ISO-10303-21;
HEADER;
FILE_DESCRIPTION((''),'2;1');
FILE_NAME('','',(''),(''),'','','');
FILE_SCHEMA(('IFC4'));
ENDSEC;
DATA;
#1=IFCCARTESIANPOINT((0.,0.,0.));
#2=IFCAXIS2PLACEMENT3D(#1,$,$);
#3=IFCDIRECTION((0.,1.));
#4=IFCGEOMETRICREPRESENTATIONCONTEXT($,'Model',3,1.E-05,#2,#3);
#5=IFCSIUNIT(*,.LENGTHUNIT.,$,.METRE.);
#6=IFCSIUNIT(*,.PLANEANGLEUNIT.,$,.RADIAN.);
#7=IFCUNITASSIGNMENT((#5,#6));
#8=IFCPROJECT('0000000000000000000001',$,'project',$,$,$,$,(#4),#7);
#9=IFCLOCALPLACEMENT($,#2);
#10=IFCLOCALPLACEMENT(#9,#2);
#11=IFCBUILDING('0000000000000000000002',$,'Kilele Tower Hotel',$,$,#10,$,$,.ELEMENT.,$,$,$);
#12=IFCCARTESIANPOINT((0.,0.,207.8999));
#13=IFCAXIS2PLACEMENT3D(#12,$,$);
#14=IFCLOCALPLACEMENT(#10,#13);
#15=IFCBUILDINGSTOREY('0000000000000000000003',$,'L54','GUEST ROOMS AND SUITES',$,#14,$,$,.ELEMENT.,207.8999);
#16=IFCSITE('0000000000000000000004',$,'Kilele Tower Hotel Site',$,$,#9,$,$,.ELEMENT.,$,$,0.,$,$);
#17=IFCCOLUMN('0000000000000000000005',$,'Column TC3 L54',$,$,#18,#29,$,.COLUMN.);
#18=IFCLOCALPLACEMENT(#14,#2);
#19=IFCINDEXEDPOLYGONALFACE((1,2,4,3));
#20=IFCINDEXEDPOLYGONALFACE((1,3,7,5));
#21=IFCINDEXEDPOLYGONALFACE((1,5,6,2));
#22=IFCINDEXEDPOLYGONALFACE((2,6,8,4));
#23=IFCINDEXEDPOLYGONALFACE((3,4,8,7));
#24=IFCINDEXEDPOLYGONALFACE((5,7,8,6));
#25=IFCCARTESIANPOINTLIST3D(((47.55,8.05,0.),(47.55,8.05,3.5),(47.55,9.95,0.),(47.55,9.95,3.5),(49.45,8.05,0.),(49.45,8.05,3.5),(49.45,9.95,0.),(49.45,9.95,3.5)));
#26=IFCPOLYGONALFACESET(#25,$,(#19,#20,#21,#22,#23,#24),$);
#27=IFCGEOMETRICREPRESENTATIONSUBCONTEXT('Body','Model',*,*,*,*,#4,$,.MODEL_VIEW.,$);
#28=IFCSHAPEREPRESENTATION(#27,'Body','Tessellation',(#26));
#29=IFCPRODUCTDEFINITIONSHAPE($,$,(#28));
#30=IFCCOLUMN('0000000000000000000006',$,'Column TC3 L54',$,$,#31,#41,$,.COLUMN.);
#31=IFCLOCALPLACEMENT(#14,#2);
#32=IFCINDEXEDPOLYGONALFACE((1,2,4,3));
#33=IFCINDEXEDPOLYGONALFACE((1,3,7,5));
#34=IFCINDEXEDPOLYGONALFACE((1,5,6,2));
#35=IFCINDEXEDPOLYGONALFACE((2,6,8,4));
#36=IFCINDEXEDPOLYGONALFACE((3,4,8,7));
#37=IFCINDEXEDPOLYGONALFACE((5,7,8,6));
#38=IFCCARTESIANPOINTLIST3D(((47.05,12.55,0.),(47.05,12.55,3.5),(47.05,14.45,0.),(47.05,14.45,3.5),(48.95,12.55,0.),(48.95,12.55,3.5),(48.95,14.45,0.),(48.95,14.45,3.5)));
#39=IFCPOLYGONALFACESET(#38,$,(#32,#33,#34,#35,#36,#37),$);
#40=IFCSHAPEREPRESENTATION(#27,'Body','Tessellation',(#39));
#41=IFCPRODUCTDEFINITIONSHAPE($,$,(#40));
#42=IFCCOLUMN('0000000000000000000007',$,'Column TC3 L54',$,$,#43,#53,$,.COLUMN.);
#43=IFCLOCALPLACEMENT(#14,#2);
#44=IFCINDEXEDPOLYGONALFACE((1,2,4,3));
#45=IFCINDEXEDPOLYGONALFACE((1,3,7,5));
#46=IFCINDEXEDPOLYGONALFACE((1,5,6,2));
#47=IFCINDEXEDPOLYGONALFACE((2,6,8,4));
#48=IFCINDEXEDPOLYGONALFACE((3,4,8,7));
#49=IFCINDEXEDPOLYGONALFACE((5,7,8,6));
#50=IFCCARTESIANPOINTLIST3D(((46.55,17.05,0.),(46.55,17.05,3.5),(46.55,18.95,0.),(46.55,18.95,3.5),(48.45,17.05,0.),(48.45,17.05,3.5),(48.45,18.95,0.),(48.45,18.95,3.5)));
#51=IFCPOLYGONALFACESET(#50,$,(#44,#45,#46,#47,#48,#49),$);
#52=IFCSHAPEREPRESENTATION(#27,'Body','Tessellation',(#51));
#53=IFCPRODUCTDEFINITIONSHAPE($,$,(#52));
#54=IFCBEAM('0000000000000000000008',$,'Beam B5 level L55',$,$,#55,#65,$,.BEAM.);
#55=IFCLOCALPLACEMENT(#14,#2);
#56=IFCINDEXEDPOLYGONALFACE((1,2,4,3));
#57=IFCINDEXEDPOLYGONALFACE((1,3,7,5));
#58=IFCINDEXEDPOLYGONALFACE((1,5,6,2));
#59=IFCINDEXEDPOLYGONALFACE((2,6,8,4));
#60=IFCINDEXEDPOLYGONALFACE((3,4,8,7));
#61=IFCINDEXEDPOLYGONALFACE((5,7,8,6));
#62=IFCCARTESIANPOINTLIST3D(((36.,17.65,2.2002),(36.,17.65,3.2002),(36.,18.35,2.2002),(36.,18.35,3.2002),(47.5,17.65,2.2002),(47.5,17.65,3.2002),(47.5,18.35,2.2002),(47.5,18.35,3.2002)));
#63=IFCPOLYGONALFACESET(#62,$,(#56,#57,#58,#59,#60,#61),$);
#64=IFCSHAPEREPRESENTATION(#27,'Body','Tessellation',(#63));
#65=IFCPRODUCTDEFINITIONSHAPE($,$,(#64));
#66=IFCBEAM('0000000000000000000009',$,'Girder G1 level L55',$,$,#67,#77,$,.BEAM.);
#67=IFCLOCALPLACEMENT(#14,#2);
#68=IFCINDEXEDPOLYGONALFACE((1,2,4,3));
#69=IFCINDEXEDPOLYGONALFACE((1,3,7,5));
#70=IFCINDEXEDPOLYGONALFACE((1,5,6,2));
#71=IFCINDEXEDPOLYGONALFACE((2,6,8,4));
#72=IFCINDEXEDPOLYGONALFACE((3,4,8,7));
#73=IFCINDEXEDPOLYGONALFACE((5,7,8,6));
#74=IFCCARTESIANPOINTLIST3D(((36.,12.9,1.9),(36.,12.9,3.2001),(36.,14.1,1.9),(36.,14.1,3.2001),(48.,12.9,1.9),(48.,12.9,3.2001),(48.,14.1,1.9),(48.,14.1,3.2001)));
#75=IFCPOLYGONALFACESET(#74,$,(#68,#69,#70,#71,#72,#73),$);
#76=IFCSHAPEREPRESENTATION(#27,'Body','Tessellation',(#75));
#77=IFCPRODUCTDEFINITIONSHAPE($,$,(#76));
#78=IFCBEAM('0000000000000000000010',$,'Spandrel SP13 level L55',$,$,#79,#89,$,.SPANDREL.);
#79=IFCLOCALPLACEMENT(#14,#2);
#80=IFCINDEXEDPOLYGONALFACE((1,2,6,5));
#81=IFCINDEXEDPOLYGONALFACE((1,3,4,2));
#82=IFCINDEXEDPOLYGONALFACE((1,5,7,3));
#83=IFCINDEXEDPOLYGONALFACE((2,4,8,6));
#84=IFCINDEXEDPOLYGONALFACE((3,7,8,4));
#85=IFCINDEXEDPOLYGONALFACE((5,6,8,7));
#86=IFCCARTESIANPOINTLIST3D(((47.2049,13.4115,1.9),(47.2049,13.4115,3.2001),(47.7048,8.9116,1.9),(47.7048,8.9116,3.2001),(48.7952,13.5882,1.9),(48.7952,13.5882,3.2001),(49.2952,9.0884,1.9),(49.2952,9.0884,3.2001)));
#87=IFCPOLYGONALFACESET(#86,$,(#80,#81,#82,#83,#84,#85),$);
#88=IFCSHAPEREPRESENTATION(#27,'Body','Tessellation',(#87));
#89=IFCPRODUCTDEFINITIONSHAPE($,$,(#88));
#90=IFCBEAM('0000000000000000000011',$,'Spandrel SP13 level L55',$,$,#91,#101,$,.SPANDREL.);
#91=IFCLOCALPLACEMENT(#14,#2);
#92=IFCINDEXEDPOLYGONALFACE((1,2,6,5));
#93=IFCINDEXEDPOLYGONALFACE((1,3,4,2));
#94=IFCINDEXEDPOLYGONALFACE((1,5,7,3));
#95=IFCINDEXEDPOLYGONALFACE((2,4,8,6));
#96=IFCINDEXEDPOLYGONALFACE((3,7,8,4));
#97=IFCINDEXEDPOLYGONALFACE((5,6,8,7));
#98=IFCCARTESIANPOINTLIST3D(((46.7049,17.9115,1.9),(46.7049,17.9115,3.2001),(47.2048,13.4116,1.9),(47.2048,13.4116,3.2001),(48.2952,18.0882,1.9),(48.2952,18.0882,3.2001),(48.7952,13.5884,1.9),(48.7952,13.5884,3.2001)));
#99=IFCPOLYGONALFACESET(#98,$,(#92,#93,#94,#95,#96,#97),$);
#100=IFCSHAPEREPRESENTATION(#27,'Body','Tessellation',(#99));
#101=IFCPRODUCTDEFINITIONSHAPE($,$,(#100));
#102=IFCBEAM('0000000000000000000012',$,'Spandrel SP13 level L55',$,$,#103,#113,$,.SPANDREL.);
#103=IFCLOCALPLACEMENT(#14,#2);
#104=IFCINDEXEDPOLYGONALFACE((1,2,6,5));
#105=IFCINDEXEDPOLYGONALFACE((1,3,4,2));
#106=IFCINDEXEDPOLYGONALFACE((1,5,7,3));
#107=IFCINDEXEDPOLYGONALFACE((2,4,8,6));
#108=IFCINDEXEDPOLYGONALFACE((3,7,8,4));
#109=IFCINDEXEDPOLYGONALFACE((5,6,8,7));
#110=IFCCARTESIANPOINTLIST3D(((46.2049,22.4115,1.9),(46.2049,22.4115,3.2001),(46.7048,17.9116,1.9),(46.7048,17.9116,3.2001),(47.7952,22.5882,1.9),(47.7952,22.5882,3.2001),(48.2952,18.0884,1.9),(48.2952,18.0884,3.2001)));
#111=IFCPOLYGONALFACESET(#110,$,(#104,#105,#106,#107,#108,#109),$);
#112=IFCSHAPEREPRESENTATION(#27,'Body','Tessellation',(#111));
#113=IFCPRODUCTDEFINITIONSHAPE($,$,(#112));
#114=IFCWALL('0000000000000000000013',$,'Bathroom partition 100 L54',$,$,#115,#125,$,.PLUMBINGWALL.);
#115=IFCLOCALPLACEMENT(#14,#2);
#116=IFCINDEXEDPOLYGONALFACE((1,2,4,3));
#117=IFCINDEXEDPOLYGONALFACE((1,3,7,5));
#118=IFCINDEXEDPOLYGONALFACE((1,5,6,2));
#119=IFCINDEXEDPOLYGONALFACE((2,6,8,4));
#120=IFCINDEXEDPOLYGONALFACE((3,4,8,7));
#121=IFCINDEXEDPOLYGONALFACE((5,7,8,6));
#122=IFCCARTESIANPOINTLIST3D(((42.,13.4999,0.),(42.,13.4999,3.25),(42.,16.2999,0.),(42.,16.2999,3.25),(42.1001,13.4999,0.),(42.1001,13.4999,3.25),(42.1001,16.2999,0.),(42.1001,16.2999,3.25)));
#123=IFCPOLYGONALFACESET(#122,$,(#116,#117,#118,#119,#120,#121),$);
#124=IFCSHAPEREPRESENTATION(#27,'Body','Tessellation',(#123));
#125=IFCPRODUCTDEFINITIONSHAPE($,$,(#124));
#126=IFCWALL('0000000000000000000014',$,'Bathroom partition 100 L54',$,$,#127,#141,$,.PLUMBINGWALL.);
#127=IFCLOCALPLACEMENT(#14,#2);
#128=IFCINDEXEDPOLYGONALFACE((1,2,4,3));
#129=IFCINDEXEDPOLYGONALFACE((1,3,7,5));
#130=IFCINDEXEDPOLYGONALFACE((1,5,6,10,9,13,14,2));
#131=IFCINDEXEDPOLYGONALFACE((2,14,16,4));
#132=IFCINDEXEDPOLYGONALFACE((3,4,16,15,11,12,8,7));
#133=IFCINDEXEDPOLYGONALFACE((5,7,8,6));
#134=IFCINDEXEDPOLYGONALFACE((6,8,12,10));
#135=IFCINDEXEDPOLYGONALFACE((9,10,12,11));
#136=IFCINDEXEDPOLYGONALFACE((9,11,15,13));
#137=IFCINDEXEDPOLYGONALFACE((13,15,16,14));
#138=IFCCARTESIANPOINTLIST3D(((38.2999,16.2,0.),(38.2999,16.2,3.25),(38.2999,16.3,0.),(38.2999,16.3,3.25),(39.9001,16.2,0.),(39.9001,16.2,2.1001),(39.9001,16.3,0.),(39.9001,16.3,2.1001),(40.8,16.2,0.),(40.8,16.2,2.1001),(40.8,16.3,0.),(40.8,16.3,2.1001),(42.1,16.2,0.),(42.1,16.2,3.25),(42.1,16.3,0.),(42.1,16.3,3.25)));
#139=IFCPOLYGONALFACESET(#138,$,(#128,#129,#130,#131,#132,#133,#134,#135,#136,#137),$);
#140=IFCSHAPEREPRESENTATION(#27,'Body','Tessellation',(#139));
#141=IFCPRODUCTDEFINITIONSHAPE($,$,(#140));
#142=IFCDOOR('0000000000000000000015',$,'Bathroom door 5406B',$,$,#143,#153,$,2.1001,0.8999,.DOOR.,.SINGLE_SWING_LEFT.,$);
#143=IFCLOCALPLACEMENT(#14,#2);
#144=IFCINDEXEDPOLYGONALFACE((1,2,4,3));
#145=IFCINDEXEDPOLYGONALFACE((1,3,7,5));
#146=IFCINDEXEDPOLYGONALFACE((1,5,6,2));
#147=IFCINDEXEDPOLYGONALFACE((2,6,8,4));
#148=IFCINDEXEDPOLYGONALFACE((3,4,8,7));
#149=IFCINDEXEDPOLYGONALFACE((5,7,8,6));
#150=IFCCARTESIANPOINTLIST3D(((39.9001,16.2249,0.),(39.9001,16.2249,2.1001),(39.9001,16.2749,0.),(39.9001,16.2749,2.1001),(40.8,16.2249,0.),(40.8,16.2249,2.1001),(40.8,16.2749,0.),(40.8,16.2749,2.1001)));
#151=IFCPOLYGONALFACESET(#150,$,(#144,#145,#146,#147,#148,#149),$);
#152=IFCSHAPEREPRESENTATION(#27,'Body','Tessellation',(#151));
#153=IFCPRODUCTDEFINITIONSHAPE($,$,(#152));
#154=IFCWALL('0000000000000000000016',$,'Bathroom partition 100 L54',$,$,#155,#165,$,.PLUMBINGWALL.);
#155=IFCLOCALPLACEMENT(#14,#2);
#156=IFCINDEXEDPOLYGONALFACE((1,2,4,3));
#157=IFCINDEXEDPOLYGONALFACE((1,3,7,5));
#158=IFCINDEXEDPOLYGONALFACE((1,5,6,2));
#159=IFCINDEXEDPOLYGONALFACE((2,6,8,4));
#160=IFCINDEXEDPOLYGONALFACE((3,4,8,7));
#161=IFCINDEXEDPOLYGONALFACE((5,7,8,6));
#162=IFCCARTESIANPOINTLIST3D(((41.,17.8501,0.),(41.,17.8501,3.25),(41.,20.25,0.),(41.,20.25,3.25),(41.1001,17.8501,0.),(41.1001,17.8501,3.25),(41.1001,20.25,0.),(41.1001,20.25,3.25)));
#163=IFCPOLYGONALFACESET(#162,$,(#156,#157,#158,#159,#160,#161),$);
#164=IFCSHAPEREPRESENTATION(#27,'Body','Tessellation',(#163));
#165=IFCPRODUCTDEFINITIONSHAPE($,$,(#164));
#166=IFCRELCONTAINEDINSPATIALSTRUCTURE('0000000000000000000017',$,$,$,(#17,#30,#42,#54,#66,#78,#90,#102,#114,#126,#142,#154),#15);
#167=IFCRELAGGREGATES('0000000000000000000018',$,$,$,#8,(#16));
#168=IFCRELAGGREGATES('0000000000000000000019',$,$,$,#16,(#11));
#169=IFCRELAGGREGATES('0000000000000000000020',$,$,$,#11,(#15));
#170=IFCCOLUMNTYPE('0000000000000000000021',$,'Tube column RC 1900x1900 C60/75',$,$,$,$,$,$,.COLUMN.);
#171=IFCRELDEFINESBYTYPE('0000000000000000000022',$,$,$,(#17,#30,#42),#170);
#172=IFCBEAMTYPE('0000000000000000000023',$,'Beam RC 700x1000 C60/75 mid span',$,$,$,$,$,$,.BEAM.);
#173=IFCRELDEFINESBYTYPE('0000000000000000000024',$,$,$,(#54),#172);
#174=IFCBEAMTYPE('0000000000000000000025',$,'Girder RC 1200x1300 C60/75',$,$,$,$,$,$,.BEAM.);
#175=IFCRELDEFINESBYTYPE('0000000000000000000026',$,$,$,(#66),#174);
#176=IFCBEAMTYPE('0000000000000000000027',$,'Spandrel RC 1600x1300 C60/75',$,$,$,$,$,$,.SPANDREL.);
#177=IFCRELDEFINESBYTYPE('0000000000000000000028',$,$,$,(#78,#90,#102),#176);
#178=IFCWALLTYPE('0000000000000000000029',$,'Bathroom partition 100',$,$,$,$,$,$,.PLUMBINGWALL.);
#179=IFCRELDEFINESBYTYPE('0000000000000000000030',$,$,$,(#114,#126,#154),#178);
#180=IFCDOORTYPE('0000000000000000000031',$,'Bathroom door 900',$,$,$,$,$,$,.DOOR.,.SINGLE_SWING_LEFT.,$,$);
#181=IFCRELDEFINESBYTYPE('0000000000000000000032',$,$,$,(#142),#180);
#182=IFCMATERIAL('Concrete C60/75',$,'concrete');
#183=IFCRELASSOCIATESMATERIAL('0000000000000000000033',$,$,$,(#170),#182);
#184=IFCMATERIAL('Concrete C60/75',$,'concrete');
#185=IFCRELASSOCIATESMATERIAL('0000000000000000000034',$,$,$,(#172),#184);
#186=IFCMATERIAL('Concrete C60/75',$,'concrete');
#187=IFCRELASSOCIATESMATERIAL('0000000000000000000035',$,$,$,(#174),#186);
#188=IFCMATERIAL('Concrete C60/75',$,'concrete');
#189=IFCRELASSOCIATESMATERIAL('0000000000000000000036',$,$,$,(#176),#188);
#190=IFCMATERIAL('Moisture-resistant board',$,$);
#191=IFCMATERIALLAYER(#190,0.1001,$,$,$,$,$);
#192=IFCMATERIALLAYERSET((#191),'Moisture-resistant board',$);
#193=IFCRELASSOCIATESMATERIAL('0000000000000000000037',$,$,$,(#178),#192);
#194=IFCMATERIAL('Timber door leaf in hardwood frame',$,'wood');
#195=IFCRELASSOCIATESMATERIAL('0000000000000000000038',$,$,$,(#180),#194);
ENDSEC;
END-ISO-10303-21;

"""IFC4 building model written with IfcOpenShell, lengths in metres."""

from ifc_helpers import new_model, si_unit, direction, frame, frame_2d, origin, origin_2d, place, context, subcontext, project, spatial, rectangle, extrude, material, layer, layer_set, material_profile, profile_set, type_object, element, fill, save


model = new_model("IFC4")

# Units and contexts
model_context = context("Model", 3, precision=1e-05, world=origin(), true_north=direction((0.0, 1.0)))
body_context = subcontext(model_context, "Body", "Model", "MODEL_VIEW")
ifc_project = project(units=[si_unit("LENGTHUNIT", "METRE"), si_unit("PLANEANGLEUNIT", "RADIAN")], contexts=[model_context])

# Site, building, storey
site_placement = place(None, origin())
site = spatial("IfcSite", under=ifc_project, at=site_placement, Name="Kilele Tower Hotel Site", CompositionType="ELEMENT", RefElevation=0.0)
building_placement = place(site_placement, origin())
building = spatial("IfcBuilding", under=site, at=building_placement, Name="Kilele Tower Hotel", CompositionType="ELEMENT")
storey_placement = place(building_placement, frame((0.0, 0.0, 207.8999)))
storey = spatial("IfcBuildingStorey", under=building, at=storey_placement, Name="L54", Description="GUEST ROOMS AND SUITES", CompositionType="ELEMENT", Elevation=207.8999)

# Columns
ifc_material_1 = material(Name="Concrete C60/75", Category="concrete")
ifc_material_profile_1 = material_profile(ifc_material_1, rectangle(XDim=1.8999, YDim=1.8999, at=origin_2d()))
ifc_profile_set_1 = profile_set([ifc_material_profile_1], Name="Concrete C60/75")
column_type = type_object("IfcColumnType", Name="Tube column RC 1900x1900 C60/75", PredefinedType="COLUMN", material=ifc_profile_set_1)
for number, where, z_axis, x_axis, name in (
    (1, (48.5, 9.0, 0.0), (0.0, 0.0, 1.0), (1.0, 0.0, 0.0), "Column TC3 L54"),
    (2, (48.0, 13.5, 0.0), (0.0, 0.0, 1.0), (1.0, 0.0, 0.0), "Column TC3 L54"),
    (3, (47.5, 18.0, 0.0), (0.0, 0.0, 1.0), (1.0, 0.0, 0.0), "Column TC3 L54"),
):
    element("IfcColumn", number, at=place(storey_placement, frame(where, z_axis=z_axis, x_axis=x_axis)), inside=storey, type_object=column_type, Name=name, PredefinedType="COLUMN", context=body_context, shape_type="SweptSolid", body=[
        extrude(rectangle(XDim=1.8999, YDim=1.8999, at=origin_2d()), origin(), (0.0, 0.0, 1.0), 3.5),
    ])

# Beams
ifc_material_2 = material(Name="Concrete C60/75", Category="concrete")
ifc_material_profile_2 = material_profile(ifc_material_2, rectangle(XDim=0.7, YDim=1.0, at=origin_2d()))
ifc_profile_set_2 = profile_set([ifc_material_profile_2], Name="Concrete C60/75")
beam_type_1 = type_object("IfcBeamType", Name="Beam RC 700x1000 C60/75 mid span", PredefinedType="BEAM", material=ifc_profile_set_2)
beam_1_placement = place(storey_placement, frame((47.5, 18.0, 2.7002), z_axis=(-1.0, 0.0, 0.0), x_axis=(0.0, -1.0, 0.0)))
element("IfcBeam", 4, at=beam_1_placement, inside=storey, type_object=beam_type_1, Name="Beam B5 level L55", PredefinedType="BEAM", context=body_context, shape_type="SweptSolid", body=[
    extrude(rectangle(XDim=0.7, YDim=1.0, at=origin_2d()), origin(), (0.0, 0.0, 1.0), 11.5),
])
ifc_material_3 = material(Name="Concrete C60/75", Category="concrete")
ifc_material_profile_3 = material_profile(ifc_material_3, rectangle(XDim=1.2, YDim=1.3, at=origin_2d()))
ifc_profile_set_3 = profile_set([ifc_material_profile_3], Name="Concrete C60/75")
beam_type_2 = type_object("IfcBeamType", Name="Girder RC 1200x1300 C60/75", PredefinedType="BEAM", material=ifc_profile_set_3)
beam_2_placement = place(storey_placement, frame((48.0, 13.5, 2.55), z_axis=(-1.0, 0.0, 0.0), x_axis=(0.0, -1.0, 0.0)))
element("IfcBeam", 5, at=beam_2_placement, inside=storey, type_object=beam_type_2, Name="Girder G1 level L55", PredefinedType="BEAM", context=body_context, shape_type="SweptSolid", body=[
    extrude(rectangle(XDim=1.2, YDim=1.3, at=origin_2d()), origin(), (0.0, 0.0, 1.0), 12.0),
])
ifc_material_4 = material(Name="Concrete C60/75", Category="concrete")
ifc_material_profile_4 = material_profile(ifc_material_4, rectangle(XDim=1.6001, YDim=1.3, at=origin_2d()))
ifc_profile_set_4 = profile_set([ifc_material_profile_4], Name="Concrete C60/75")
beam_type_3 = type_object("IfcBeamType", Name="Spandrel RC 1600x1300 C60/75", PredefinedType="SPANDREL", material=ifc_profile_set_4)
for number, where, z_axis, x_axis, name in (
    (6, (48.5, 9.0, 2.55), (-0.110432, 0.993884, 0.0), (-0.993884, -0.110432, 0.0), "Spandrel SP13 level L55"),
    (7, (48.0, 13.5, 2.55), (-0.110432, 0.993884, 0.0), (-0.993884, -0.110432, 0.0), "Spandrel SP13 level L55"),
    (8, (47.5, 18.0, 2.55), (-0.110432, 0.993884, 0.0), (-0.993884, -0.110432, 0.0), "Spandrel SP13 level L55"),
):
    element("IfcBeam", number, at=place(storey_placement, frame(where, z_axis=z_axis, x_axis=x_axis)), inside=storey, type_object=beam_type_3, Name=name, PredefinedType="SPANDREL", context=body_context, shape_type="SweptSolid", body=[
        extrude(rectangle(XDim=1.6001, YDim=1.3, at=origin_2d()), origin(), (0.0, 0.0, 1.0), 4.5276),
    ])

# Wall
ifc_material_5 = material(Name="Moisture-resistant board")
ifc_layer_1 = layer(ifc_material_5, 0.1001)
ifc_layer_set_1 = layer_set([ifc_layer_1], Name="Moisture-resistant board")
wall_type_1 = type_object("IfcWallType", Name="Bathroom partition 100", PredefinedType="PLUMBINGWALL", material=ifc_layer_set_1)
wall_1_placement = place(storey_placement, frame((42.05, 13.5, 0.0), z_axis=(0.0, 0.0, 1.0), x_axis=(0.0, 1.0, 0.0)))
element("IfcWall", 9, at=wall_1_placement, inside=storey, type_object=wall_type_1, Name="Bathroom partition 100 L54", PredefinedType="PLUMBINGWALL", context=body_context, shape_type="SweptSolid", body=[
    extrude(rectangle(XDim=2.8, YDim=0.1001, at=frame_2d((1.3999, 0.0))), origin(), (0.0, 0.0, 1.0), 3.25),
])

# Wall, opening, door
wall_2_placement = place(storey_placement, frame((38.3, 16.25, 0.0), z_axis=(0.0, 0.0, 1.0), x_axis=(1.0, 0.0, 0.0)))
wall_2 = element("IfcWall", 10, at=wall_2_placement, inside=storey, type_object=wall_type_1, Name="Bathroom partition 100 L54", PredefinedType="PLUMBINGWALL", context=body_context, shape_type="SweptSolid", body=[
    extrude(rectangle(XDim=3.8, YDim=0.1001, at=frame_2d((1.8999, 0.0))), origin(), (0.0, 0.0, 1.0), 3.25),
])
opening_1_placement = place(wall_2_placement, frame((1.6001, 0.0, 0.0)))
opening_1 = element("IfcOpeningElement", 11, at=opening_1_placement, cuts=wall_2, PredefinedType="OPENING", context=body_context, shape_type="SweptSolid", body=[
    extrude(rectangle(XDim=0.8999, YDim=2.1001, at=frame_2d((0.45, 1.05))), frame((0.0, 0.0601, 0.0), z_axis=(0.0, -1.0, 0.0), x_axis=(1.0, 0.0, 0.0)), (0.0, 0.0, 1.0), 0.1201),
])
ifc_material_6 = material(Name="Timber door leaf in hardwood frame", Category="wood")
door_type_1 = type_object("IfcDoorType", Name="Bathroom door 900", OperationType="SINGLE_SWING_LEFT", PredefinedType="DOOR", material=ifc_material_6)
door_1_placement = place(opening_1_placement, origin())
door_1 = element("IfcDoor", 12, at=door_1_placement, inside=storey, type_object=door_type_1, Name="Bathroom door 5406B", OperationType="SINGLE_SWING_LEFT", OverallHeight=2.1001, OverallWidth=0.8999, PredefinedType="DOOR", context=body_context, shape_type="SweptSolid", body=[
    extrude(rectangle(XDim=0.8999, YDim=2.1001, at=frame_2d((0.45, 1.05))), frame((0.0, 0.0249, 0.0), z_axis=(0.0, -1.0, 0.0), x_axis=(1.0, 0.0, 0.0)), (0.0, 0.0, 1.0), 0.05),
])
fill(opening_1, door_1)

# Wall
wall_3_placement = place(storey_placement, frame((41.05, 17.8501, 0.0), z_axis=(0.0, 0.0, 1.0), x_axis=(0.0, 1.0, 0.0)))
element("IfcWall", 13, at=wall_3_placement, inside=storey, type_object=wall_type_1, Name="Bathroom partition 100 L54", PredefinedType="PLUMBINGWALL", context=body_context, shape_type="SweptSolid", body=[
    extrude(rectangle(XDim=2.3999, YDim=0.1001, at=frame_2d((1.2, 0.0))), origin(), (0.0, 0.0, 1.0), 3.25),
])

save(model, "model.ifc")
